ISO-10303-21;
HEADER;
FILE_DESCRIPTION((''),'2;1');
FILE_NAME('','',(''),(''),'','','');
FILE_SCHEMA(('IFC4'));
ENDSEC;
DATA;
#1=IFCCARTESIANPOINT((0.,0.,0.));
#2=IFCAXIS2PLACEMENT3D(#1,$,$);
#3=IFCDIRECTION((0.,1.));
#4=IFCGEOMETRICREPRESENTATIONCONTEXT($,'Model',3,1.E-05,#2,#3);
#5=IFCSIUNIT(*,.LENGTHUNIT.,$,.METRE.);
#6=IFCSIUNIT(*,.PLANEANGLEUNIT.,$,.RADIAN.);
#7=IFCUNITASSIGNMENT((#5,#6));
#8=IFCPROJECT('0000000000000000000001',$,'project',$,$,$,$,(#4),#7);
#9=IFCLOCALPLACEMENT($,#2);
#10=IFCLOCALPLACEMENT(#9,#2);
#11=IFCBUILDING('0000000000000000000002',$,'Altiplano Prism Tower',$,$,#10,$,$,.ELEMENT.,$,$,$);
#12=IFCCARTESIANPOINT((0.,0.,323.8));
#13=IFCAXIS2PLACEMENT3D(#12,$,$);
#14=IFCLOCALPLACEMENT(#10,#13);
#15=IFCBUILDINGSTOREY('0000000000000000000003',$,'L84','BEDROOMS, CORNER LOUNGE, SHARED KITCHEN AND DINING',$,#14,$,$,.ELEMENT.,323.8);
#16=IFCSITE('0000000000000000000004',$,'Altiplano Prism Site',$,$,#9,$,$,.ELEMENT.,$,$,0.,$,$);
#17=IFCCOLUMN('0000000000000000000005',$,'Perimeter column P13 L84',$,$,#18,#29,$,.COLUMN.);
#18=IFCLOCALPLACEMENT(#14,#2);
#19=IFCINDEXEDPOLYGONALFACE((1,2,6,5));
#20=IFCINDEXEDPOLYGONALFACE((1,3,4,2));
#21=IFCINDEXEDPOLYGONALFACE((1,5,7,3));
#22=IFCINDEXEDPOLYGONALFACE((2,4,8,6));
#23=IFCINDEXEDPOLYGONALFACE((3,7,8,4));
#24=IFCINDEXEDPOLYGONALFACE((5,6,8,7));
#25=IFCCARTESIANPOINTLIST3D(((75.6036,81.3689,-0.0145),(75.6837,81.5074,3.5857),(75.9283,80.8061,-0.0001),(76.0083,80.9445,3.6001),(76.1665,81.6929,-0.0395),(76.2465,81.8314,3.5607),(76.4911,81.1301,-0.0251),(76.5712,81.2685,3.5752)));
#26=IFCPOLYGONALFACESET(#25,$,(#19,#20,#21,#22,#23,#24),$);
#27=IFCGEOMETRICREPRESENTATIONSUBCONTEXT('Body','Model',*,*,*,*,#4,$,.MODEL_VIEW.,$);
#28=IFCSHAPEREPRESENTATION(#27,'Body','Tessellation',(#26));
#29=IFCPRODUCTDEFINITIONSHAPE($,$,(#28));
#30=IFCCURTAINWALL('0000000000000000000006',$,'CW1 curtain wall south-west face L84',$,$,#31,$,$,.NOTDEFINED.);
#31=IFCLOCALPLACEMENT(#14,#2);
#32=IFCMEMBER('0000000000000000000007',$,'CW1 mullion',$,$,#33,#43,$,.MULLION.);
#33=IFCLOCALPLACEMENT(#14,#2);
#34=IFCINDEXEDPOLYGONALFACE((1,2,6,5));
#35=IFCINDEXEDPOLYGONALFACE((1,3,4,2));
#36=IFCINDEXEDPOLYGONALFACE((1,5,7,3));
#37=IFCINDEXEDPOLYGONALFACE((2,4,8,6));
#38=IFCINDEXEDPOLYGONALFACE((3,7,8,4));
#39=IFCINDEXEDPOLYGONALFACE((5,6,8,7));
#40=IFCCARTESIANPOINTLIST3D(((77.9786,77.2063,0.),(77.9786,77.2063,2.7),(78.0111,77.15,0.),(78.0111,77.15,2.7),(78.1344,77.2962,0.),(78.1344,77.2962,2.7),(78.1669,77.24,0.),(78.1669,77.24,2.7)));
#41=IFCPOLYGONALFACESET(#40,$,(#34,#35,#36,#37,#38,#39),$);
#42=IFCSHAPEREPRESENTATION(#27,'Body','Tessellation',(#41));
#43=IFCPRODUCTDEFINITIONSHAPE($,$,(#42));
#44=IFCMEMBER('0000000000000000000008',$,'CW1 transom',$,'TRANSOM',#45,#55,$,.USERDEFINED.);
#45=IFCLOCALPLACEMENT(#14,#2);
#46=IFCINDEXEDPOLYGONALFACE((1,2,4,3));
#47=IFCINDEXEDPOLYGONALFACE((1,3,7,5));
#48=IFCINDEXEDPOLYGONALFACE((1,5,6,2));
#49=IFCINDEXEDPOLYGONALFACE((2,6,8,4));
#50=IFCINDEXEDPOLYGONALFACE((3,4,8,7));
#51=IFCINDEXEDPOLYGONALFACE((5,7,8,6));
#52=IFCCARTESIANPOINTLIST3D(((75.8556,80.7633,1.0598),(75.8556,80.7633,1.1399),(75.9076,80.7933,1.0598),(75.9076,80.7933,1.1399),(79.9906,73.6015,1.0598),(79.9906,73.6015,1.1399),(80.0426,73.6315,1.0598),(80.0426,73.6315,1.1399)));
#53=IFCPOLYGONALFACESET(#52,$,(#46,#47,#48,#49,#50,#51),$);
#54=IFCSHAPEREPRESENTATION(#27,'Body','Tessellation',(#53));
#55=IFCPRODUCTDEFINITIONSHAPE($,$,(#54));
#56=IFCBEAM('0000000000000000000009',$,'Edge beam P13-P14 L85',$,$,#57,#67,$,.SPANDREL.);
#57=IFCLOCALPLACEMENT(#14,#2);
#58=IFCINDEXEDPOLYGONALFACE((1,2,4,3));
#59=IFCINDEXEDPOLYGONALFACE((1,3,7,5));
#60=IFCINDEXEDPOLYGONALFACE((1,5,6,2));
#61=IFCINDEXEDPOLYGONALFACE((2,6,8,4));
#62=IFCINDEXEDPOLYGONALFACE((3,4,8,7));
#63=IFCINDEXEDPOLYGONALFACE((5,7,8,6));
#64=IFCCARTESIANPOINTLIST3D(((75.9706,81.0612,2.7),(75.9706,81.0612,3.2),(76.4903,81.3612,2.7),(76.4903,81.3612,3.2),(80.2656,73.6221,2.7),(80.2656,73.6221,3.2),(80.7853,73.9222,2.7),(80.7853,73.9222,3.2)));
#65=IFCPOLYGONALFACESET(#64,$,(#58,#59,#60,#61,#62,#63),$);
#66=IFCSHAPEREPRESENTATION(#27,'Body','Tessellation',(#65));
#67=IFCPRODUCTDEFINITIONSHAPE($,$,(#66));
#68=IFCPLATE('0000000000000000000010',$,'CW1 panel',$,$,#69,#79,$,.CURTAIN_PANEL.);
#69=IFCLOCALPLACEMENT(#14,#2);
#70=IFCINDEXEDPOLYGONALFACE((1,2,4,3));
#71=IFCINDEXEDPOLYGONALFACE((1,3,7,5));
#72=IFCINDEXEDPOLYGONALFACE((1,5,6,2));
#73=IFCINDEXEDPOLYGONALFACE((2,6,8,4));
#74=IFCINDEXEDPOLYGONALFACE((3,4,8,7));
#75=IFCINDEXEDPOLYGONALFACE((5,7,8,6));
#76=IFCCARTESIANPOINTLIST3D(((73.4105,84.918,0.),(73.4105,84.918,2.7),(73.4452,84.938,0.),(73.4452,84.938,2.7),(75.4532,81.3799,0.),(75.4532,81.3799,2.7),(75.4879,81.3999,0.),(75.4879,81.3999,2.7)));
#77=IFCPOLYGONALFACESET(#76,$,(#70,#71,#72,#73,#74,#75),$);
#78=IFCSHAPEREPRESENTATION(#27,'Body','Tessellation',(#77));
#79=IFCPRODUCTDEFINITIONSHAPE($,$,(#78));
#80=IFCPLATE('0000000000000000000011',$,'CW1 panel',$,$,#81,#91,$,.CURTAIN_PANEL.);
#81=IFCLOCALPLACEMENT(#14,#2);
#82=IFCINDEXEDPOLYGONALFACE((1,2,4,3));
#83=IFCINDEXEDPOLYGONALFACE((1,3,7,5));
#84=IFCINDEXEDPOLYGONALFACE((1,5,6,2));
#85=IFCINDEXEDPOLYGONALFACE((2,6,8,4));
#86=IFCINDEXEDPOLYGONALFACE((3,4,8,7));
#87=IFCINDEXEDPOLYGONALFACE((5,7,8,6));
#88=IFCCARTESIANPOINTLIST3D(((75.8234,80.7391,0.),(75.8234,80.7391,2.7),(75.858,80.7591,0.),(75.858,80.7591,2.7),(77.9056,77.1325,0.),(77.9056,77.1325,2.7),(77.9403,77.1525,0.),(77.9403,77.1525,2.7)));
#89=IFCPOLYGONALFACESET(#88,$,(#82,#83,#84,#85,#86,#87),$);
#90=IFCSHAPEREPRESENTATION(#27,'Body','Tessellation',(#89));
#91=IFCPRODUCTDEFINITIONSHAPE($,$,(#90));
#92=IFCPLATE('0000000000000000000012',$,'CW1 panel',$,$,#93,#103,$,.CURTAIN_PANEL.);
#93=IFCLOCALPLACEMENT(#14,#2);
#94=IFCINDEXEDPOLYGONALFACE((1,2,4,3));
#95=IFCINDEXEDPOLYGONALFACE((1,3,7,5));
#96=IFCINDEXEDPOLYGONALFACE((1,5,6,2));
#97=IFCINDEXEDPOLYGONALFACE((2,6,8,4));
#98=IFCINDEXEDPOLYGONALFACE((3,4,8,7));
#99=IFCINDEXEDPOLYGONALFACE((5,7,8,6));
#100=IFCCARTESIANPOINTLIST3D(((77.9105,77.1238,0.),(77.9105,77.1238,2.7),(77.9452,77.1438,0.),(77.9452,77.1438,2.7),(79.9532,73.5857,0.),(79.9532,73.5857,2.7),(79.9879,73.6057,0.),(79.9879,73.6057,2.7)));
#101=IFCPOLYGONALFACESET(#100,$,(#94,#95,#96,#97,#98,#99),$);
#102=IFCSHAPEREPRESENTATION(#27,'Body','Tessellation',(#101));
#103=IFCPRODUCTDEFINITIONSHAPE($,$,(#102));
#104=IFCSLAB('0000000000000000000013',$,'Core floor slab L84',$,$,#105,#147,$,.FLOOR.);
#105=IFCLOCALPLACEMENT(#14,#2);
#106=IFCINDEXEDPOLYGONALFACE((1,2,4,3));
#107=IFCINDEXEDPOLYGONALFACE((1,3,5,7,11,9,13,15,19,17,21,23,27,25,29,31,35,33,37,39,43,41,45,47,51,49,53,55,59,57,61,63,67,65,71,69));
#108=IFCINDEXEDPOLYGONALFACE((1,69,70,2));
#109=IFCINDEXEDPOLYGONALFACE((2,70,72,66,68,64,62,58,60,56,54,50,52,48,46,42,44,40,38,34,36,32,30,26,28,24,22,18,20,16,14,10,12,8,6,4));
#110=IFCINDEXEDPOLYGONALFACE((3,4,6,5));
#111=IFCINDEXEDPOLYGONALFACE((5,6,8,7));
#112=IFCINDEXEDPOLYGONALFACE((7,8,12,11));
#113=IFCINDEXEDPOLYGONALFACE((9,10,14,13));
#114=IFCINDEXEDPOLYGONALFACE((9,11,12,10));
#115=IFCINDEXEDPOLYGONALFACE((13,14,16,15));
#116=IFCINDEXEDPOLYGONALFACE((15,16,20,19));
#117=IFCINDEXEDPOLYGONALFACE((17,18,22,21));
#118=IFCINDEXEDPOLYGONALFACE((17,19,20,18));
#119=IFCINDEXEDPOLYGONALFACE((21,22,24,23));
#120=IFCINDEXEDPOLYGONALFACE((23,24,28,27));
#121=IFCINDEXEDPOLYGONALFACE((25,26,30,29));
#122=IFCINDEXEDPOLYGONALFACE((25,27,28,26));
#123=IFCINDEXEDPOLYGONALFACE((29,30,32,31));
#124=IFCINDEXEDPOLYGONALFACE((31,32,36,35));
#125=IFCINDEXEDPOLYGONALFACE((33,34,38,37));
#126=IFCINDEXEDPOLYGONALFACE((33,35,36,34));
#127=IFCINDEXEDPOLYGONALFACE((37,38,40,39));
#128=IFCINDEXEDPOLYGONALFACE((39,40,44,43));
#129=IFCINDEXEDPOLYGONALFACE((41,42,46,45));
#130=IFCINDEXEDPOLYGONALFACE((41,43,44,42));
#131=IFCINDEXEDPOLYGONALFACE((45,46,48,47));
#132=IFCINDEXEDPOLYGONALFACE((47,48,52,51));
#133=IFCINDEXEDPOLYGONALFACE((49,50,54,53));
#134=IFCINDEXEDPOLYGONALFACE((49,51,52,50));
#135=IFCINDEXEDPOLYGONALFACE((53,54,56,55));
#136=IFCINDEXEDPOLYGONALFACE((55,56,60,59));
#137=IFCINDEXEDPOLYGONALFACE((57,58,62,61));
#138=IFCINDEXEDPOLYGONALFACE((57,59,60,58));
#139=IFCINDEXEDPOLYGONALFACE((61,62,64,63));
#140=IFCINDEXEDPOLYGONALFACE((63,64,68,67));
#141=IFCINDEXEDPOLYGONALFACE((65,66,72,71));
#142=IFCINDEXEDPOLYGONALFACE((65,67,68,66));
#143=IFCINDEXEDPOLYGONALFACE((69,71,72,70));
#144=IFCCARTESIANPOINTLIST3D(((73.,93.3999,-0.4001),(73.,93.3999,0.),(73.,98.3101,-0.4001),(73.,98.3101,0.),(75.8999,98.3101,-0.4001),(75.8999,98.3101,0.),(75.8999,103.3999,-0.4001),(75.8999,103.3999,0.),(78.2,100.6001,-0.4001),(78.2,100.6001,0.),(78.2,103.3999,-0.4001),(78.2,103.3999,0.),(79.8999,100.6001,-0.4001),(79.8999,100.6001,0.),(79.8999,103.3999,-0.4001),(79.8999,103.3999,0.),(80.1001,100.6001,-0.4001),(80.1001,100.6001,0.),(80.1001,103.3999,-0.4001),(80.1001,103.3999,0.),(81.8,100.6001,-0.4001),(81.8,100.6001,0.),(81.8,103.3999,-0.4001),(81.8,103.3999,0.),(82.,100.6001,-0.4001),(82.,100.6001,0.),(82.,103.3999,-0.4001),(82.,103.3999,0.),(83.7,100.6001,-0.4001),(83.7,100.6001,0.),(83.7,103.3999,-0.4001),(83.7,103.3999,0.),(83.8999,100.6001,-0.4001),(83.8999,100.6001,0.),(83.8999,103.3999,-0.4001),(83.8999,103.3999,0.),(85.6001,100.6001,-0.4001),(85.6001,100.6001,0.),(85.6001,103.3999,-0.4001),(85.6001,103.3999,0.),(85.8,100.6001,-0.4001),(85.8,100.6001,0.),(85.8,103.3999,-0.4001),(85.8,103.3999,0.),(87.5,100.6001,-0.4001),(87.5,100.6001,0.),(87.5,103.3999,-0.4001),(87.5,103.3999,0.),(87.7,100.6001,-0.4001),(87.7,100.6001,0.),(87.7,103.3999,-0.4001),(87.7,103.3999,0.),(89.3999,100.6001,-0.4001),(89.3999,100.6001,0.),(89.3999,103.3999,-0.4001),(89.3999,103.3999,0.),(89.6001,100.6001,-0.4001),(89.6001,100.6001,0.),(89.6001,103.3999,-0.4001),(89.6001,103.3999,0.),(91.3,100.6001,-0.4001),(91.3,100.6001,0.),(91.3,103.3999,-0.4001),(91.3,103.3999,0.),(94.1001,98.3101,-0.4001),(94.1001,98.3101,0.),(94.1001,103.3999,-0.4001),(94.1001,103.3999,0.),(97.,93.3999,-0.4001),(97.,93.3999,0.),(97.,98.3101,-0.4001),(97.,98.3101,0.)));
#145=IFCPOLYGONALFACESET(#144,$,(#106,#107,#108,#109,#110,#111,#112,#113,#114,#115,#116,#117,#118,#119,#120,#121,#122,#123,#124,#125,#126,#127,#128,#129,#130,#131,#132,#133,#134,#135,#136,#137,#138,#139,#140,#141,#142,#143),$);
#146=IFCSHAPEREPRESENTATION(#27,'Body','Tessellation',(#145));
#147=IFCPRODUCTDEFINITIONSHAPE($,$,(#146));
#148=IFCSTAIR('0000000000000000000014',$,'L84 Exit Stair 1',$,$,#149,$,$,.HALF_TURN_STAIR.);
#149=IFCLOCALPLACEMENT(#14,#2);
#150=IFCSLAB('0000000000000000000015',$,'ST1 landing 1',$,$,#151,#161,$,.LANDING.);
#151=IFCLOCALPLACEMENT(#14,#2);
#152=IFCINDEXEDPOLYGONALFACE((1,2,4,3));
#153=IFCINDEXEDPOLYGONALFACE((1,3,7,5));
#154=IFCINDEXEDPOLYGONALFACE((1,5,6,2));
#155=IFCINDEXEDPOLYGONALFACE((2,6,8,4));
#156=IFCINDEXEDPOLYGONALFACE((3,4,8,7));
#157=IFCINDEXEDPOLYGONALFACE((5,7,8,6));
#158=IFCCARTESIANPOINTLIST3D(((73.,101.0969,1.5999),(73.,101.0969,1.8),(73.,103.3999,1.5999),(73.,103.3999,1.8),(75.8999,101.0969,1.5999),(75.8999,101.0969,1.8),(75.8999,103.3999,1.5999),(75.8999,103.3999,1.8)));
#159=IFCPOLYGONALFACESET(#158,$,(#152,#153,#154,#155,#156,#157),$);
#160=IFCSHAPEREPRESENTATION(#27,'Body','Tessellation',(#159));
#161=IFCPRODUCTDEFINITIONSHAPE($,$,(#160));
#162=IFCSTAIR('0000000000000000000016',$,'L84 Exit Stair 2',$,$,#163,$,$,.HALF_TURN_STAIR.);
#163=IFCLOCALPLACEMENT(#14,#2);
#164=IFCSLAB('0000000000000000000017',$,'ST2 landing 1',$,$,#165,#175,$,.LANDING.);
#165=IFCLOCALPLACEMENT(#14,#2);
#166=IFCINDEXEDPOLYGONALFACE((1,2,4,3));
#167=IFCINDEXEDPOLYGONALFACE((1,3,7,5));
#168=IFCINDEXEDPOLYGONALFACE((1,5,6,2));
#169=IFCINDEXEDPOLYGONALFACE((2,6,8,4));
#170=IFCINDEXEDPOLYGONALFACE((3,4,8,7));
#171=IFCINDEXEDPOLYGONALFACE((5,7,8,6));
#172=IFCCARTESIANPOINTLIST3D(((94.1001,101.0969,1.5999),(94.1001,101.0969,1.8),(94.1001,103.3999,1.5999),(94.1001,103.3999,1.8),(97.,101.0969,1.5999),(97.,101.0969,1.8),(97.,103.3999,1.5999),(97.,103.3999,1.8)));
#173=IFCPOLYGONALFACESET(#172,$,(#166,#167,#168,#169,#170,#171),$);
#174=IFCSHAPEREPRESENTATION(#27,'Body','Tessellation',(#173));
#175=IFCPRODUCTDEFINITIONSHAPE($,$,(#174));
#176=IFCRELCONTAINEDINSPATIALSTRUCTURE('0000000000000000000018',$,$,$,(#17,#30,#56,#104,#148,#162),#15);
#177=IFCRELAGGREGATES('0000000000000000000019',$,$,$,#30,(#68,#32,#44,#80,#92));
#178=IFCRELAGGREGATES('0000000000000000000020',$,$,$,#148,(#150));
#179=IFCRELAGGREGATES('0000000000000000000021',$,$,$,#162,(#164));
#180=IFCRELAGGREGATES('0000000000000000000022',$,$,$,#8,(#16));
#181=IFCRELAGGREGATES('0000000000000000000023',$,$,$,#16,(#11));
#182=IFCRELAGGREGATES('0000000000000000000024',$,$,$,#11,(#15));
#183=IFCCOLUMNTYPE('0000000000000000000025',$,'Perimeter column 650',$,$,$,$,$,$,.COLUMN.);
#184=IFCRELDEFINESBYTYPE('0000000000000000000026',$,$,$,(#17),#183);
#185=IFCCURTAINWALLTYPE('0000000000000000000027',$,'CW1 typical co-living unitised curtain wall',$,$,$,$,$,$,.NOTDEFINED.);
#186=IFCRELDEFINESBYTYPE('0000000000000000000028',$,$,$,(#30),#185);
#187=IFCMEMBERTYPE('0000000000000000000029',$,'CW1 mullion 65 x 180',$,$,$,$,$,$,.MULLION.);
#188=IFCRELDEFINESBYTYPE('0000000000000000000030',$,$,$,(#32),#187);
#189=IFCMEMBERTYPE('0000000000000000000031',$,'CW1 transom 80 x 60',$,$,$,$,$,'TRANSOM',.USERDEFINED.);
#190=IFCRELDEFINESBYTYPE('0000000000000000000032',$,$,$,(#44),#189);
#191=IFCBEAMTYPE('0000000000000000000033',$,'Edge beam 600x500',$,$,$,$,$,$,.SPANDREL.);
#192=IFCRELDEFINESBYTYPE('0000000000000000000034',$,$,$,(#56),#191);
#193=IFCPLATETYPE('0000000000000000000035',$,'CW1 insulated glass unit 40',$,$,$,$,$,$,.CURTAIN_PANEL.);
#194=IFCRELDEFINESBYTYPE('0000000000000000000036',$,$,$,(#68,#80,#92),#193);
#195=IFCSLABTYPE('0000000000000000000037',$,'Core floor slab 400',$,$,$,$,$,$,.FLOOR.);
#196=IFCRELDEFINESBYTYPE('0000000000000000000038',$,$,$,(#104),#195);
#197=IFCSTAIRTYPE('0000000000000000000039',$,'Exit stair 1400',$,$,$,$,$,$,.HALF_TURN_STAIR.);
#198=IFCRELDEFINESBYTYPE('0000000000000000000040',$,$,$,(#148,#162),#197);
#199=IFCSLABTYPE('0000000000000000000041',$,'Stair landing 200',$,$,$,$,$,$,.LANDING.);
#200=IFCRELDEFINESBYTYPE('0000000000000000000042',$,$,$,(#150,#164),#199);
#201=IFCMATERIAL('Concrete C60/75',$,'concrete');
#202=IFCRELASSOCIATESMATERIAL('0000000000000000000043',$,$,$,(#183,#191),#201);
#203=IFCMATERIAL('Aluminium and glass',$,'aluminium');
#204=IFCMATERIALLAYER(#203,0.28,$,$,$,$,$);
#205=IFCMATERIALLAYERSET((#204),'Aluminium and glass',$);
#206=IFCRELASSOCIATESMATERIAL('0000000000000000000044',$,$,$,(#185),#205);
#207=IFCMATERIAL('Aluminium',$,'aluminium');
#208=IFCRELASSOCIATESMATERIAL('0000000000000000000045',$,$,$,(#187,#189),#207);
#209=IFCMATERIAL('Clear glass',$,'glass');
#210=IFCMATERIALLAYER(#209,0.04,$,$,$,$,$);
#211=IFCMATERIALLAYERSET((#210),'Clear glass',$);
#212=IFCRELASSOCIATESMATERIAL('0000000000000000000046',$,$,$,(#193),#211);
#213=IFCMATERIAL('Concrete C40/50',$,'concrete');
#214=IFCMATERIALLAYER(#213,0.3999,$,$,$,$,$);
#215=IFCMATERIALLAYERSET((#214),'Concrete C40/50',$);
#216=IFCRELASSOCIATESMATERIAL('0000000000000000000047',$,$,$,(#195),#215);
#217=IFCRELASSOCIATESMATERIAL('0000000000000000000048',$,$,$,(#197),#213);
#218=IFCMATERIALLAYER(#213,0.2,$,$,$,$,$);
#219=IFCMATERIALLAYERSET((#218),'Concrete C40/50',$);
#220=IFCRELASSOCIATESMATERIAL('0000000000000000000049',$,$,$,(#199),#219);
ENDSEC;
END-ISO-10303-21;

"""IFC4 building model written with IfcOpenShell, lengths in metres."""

from ifc_helpers import new_model, si_unit, direction, frame, origin, origin_2d, place, context, subcontext, project, spatial, polyline, rectangle, outline, extrude, material, layer, layer_set, material_profile, profile_set, type_object, element, aggregate, save


model = new_model("IFC4")

# Units and contexts
model_context = context("Model", 3, precision=1e-05, world=origin(), true_north=direction((0.0, 1.0)))
body_context = subcontext(model_context, "Body", "Model", "MODEL_VIEW")
ifc_project = project(units=[si_unit("LENGTHUNIT", "METRE"), si_unit("PLANEANGLEUNIT", "RADIAN")], contexts=[model_context])

# Site, building, storey
site_placement = place(None, origin())
site = spatial("IfcSite", under=ifc_project, at=site_placement, Name="Altiplano Prism Site", CompositionType="ELEMENT", RefElevation=0.0)
building_placement = place(site_placement, origin())
building = spatial("IfcBuilding", under=site, at=building_placement, Name="Altiplano Prism Tower", CompositionType="ELEMENT")
storey_placement = place(building_placement, frame((0.0, 0.0, 323.8)))
storey = spatial("IfcBuildingStorey", under=building, at=storey_placement, Name="L84", Description="BEDROOMS, CORNER LOUNGE, SHARED KITCHEN AND DINING", CompositionType="ELEMENT", Elevation=323.8)

# Column
ifc_material_1 = material(Name="Concrete C60/75", Category="concrete")
ifc_material_profile_1 = material_profile(ifc_material_1, rectangle(XDim=0.6499, YDim=0.6499, at=origin_2d()), Name="Perimeter column 650")
ifc_profile_set_1 = profile_set([ifc_material_profile_1], Name="Concrete C60/75")
column_type = type_object("IfcColumnType", Name="Perimeter column 650", PredefinedType="COLUMN", material=ifc_profile_set_1)
column_placement = place(storey_placement, frame((76.0474, 81.2495, -0.0198), z_axis=(0.022221, 0.038413, 0.999015), x_axis=(-0.866024, -0.498523, 0.038432)))
element("IfcColumn", 1, at=column_placement, inside=storey, type_object=column_type, Name="Perimeter column P13 L84", PredefinedType="COLUMN", context=body_context, shape_type="SweptSolid", body=[
    extrude(rectangle(XDim=0.6499, YDim=0.6499, at=origin_2d()), origin(), (0.0, 0.0, 1.0), 3.6038),
])

# Curtain wall, members
ifc_material_2 = material(Name="Aluminium and glass", Category="aluminium")
ifc_layer_1 = layer(ifc_material_2, 0.28)
ifc_layer_set_1 = layer_set([ifc_layer_1], Name="Aluminium and glass")
curtain_wall_type = type_object("IfcCurtainWallType", Name="CW1 typical co-living unitised curtain wall", PredefinedType="NOTDEFINED", material=ifc_layer_set_1)
curtain_wall_placement = place(storey_placement, origin())
curtain_wall = element("IfcCurtainWall", 2, at=curtain_wall_placement, inside=storey, type_object=curtain_wall_type, Name="CW1 curtain wall south-west face L84", PredefinedType="NOTDEFINED")
ifc_material_3 = material(Name="Aluminium", Category="aluminium")
ifc_material_profile_2 = material_profile(ifc_material_3, rectangle(XDim=0.1799, YDim=0.0649, at=origin_2d()), Name="CW1 mullion 65 x 180")
ifc_profile_set_2 = profile_set([ifc_material_profile_2], Name="Aluminium")
member_type_1 = type_object("IfcMemberType", Name="CW1 mullion 65 x 180", PredefinedType="MULLION", material=ifc_profile_set_2)
member_1_placement = place(storey_placement, frame((78.0728, 77.2231, 0.0), z_axis=(0.0, 0.0, 1.0), x_axis=(0.866025, 0.5, 0.0)))
member_1 = element("IfcMember", 3, at=member_1_placement, type_object=member_type_1, Name="CW1 mullion", PredefinedType="MULLION", context=body_context, shape_type="SweptSolid", body=[
    extrude(rectangle(XDim=0.1799, YDim=0.0649, at=origin_2d()), origin(), (0.0, 0.0, 1.0), 2.7),
])
ifc_material_profile_3 = material_profile(ifc_material_3, rectangle(XDim=0.0601, YDim=0.0801, at=origin_2d()), Name="CW1 transom 80 x 60")
ifc_profile_set_3 = profile_set([ifc_material_profile_3], Name="Aluminium")
member_type_2 = type_object("IfcMemberType", Name="CW1 transom 80 x 60", ElementType="TRANSOM", PredefinedType="USERDEFINED", material=ifc_profile_set_3)
member_2_placement = place(storey_placement, frame((75.8816, 80.7783, 1.0999), z_axis=(0.50001, -0.86602, 0.0), x_axis=(0.86602, 0.50001, 0.0)))
member_2 = element("IfcMember", 4, at=member_2_placement, type_object=member_type_2, Name="CW1 transom", ObjectType="TRANSOM", PredefinedType="USERDEFINED", context=body_context, shape_type="SweptSolid", body=[
    extrude(rectangle(XDim=0.0601, YDim=0.0801, at=origin_2d()), origin(), (0.0, 0.0, 1.0), 8.2698),
])

# Beam
ifc_material_profile_4 = material_profile(ifc_material_1, rectangle(XDim=0.6001, YDim=0.5, at=origin_2d()), Name="Edge beam 600x500")
ifc_profile_set_4 = profile_set([ifc_material_profile_4], Name="Concrete C60/75")
beam_type = type_object("IfcBeamType", Name="Edge beam 600x500", PredefinedType="SPANDREL", material=ifc_profile_set_4)
beam_placement = place(storey_placement, frame((76.2305, 81.2112, 2.95), z_axis=(0.500003, -0.866024, 0.0), x_axis=(0.866024, 0.500003, 0.0)))
element("IfcBeam", 5, at=beam_placement, inside=storey, type_object=beam_type, Name="Edge beam P13-P14 L85", PredefinedType="SPANDREL", context=body_context, shape_type="SweptSolid", body=[
    extrude(rectangle(XDim=0.6001, YDim=0.5, at=origin_2d()), origin(), (0.0, 0.0, 1.0), 8.5898),
])

# Plates
ifc_material_4 = material(Name="Clear glass", Category="glass")
ifc_layer_2 = layer(ifc_material_4, 0.04)
ifc_layer_set_2 = layer_set([ifc_layer_2], Name="Clear glass")
plate_type = type_object("IfcPlateType", Name="CW1 insulated glass unit 40", PredefinedType="CURTAIN_PANEL", material=ifc_layer_set_2)
plate_1_placement = place(storey_placement, frame((74.4492, 83.1589, 0.0), z_axis=(0.0, 0.0, 1.0), x_axis=(0.5, -0.866025, 0.0)))
plate_1 = element("IfcPlate", 6, at=plate_1_placement, type_object=plate_type, Name="CW1 panel", PredefinedType="CURTAIN_PANEL", context=body_context, shape_type="SweptSolid", body=[
    extrude(rectangle(XDim=4.0854, YDim=0.04, at=origin_2d()), origin(), (0.0, 0.0, 1.0), 2.7),
])
plate_2_placement = place(storey_placement, frame((76.8818, 78.9458, 0.0), z_axis=(0.0, 0.0, 1.0), x_axis=(0.5, -0.866025, 0.0)))
plate_2 = element("IfcPlate", 7, at=plate_2_placement, type_object=plate_type, Name="CW1 panel", PredefinedType="CURTAIN_PANEL", context=body_context, shape_type="SweptSolid", body=[
    extrude(rectangle(XDim=4.1646, YDim=0.04, at=origin_2d()), origin(), (0.0, 0.0, 1.0), 2.7),
])
plate_3_placement = place(storey_placement, frame((78.9492, 75.3647, 0.0), z_axis=(0.0, 0.0, 1.0), x_axis=(0.5, -0.866025, 0.0)))
plate_3 = element("IfcPlate", 8, at=plate_3_placement, type_object=plate_type, Name="CW1 panel", PredefinedType="CURTAIN_PANEL", context=body_context, shape_type="SweptSolid", body=[
    extrude(rectangle(XDim=4.0854, YDim=0.04, at=origin_2d()), origin(), (0.0, 0.0, 1.0), 2.7),
])
aggregate(curtain_wall, [plate_1, member_1, member_2, plate_2, plate_3])

# Slab
ifc_material_5 = material(Name="Concrete C40/50", Category="concrete")
ifc_layer_3 = layer(ifc_material_5, 0.3999)
ifc_layer_set_3 = layer_set([ifc_layer_3], Name="Concrete C40/50")
slab_type_1 = type_object("IfcSlabType", Name="Core floor slab 400", PredefinedType="FLOOR", material=ifc_layer_set_3)
slab_1_placement = place(storey_placement, frame((0.0, 0.0, -0.4001)))
element("IfcSlab", 9, at=slab_1_placement, inside=storey, type_object=slab_type_1, Name="Core floor slab L84", PredefinedType="FLOOR", context=body_context, shape_type="SweptSolid", body=[
    extrude(outline(polyline([(97.0, 98.3101), (94.1001, 98.3101), (94.1001, 103.3999), (91.3, 103.3999), (91.3, 100.6001), (89.6001, 100.6001), (89.6001, 103.3999), (89.3999, 103.3999), (89.3999, 100.6001), (87.7, 100.6001), (87.7, 103.3999), (87.5, 103.3999), (87.5, 100.6001), (85.8, 100.6001), (85.8, 103.3999), (85.6001, 103.3999), (85.6001, 100.6001), (83.8999, 100.6001), (83.8999, 103.3999), (83.7, 103.3999), (83.7, 100.6001), (82.0, 100.6001), (82.0, 103.3999), (81.8, 103.3999), (81.8, 100.6001), (80.1001, 100.6001), (80.1001, 103.3999), (79.8999, 103.3999), (79.8999, 100.6001), (78.2, 100.6001), (78.2, 103.3999), (75.8999, 103.3999), (75.8999, 98.3101), (73.0, 98.3101), (73.0, 93.3999), (97.0, 93.3999), (97.0, 98.3101)])), origin(), (0.0, 0.0, 1.0), 0.4001),
])

# Stairs, slabs
stair_type = type_object("IfcStairType", Name="Exit stair 1400", PredefinedType="HALF_TURN_STAIR", material=ifc_material_5)
stair_1_placement = place(storey_placement, origin())
stair_1 = element("IfcStair", 10, at=stair_1_placement, inside=storey, type_object=stair_type, Name="L84 Exit Stair 1", PredefinedType="HALF_TURN_STAIR")
ifc_layer_4 = layer(ifc_material_5, 0.2)
ifc_layer_set_4 = layer_set([ifc_layer_4], Name="Concrete C40/50")
slab_type_2 = type_object("IfcSlabType", Name="Stair landing 200", PredefinedType="LANDING", material=ifc_layer_set_4)
slab_2_placement = place(storey_placement, frame((0.0, 0.0, 1.5999)))
slab_2 = element("IfcSlab", 11, at=slab_2_placement, type_object=slab_type_2, Name="ST1 landing 1", PredefinedType="LANDING", context=body_context, shape_type="SweptSolid", body=[
    extrude(outline(polyline([(75.8999, 101.0969), (75.8999, 103.3999), (73.0, 103.3999), (73.0, 101.0969), (75.8999, 101.0969)])), origin(), (0.0, 0.0, 1.0), 0.2002),
])
aggregate(stair_1, [slab_2])
stair_2_placement = place(storey_placement, origin())
stair_2 = element("IfcStair", 12, at=stair_2_placement, inside=storey, type_object=stair_type, Name="L84 Exit Stair 2", PredefinedType="HALF_TURN_STAIR")
slab_3_placement = place(storey_placement, frame((0.0, 0.0, 1.5999)))
slab_3 = element("IfcSlab", 13, at=slab_3_placement, type_object=slab_type_2, Name="ST2 landing 1", PredefinedType="LANDING", context=body_context, shape_type="SweptSolid", body=[
    extrude(outline(polyline([(97.0, 101.0969), (97.0, 103.3999), (94.1001, 103.3999), (94.1001, 101.0969), (97.0, 101.0969)])), origin(), (0.0, 0.0, 1.0), 0.2002),
])
aggregate(stair_2, [slab_3])

save(model, "model.ifc")
